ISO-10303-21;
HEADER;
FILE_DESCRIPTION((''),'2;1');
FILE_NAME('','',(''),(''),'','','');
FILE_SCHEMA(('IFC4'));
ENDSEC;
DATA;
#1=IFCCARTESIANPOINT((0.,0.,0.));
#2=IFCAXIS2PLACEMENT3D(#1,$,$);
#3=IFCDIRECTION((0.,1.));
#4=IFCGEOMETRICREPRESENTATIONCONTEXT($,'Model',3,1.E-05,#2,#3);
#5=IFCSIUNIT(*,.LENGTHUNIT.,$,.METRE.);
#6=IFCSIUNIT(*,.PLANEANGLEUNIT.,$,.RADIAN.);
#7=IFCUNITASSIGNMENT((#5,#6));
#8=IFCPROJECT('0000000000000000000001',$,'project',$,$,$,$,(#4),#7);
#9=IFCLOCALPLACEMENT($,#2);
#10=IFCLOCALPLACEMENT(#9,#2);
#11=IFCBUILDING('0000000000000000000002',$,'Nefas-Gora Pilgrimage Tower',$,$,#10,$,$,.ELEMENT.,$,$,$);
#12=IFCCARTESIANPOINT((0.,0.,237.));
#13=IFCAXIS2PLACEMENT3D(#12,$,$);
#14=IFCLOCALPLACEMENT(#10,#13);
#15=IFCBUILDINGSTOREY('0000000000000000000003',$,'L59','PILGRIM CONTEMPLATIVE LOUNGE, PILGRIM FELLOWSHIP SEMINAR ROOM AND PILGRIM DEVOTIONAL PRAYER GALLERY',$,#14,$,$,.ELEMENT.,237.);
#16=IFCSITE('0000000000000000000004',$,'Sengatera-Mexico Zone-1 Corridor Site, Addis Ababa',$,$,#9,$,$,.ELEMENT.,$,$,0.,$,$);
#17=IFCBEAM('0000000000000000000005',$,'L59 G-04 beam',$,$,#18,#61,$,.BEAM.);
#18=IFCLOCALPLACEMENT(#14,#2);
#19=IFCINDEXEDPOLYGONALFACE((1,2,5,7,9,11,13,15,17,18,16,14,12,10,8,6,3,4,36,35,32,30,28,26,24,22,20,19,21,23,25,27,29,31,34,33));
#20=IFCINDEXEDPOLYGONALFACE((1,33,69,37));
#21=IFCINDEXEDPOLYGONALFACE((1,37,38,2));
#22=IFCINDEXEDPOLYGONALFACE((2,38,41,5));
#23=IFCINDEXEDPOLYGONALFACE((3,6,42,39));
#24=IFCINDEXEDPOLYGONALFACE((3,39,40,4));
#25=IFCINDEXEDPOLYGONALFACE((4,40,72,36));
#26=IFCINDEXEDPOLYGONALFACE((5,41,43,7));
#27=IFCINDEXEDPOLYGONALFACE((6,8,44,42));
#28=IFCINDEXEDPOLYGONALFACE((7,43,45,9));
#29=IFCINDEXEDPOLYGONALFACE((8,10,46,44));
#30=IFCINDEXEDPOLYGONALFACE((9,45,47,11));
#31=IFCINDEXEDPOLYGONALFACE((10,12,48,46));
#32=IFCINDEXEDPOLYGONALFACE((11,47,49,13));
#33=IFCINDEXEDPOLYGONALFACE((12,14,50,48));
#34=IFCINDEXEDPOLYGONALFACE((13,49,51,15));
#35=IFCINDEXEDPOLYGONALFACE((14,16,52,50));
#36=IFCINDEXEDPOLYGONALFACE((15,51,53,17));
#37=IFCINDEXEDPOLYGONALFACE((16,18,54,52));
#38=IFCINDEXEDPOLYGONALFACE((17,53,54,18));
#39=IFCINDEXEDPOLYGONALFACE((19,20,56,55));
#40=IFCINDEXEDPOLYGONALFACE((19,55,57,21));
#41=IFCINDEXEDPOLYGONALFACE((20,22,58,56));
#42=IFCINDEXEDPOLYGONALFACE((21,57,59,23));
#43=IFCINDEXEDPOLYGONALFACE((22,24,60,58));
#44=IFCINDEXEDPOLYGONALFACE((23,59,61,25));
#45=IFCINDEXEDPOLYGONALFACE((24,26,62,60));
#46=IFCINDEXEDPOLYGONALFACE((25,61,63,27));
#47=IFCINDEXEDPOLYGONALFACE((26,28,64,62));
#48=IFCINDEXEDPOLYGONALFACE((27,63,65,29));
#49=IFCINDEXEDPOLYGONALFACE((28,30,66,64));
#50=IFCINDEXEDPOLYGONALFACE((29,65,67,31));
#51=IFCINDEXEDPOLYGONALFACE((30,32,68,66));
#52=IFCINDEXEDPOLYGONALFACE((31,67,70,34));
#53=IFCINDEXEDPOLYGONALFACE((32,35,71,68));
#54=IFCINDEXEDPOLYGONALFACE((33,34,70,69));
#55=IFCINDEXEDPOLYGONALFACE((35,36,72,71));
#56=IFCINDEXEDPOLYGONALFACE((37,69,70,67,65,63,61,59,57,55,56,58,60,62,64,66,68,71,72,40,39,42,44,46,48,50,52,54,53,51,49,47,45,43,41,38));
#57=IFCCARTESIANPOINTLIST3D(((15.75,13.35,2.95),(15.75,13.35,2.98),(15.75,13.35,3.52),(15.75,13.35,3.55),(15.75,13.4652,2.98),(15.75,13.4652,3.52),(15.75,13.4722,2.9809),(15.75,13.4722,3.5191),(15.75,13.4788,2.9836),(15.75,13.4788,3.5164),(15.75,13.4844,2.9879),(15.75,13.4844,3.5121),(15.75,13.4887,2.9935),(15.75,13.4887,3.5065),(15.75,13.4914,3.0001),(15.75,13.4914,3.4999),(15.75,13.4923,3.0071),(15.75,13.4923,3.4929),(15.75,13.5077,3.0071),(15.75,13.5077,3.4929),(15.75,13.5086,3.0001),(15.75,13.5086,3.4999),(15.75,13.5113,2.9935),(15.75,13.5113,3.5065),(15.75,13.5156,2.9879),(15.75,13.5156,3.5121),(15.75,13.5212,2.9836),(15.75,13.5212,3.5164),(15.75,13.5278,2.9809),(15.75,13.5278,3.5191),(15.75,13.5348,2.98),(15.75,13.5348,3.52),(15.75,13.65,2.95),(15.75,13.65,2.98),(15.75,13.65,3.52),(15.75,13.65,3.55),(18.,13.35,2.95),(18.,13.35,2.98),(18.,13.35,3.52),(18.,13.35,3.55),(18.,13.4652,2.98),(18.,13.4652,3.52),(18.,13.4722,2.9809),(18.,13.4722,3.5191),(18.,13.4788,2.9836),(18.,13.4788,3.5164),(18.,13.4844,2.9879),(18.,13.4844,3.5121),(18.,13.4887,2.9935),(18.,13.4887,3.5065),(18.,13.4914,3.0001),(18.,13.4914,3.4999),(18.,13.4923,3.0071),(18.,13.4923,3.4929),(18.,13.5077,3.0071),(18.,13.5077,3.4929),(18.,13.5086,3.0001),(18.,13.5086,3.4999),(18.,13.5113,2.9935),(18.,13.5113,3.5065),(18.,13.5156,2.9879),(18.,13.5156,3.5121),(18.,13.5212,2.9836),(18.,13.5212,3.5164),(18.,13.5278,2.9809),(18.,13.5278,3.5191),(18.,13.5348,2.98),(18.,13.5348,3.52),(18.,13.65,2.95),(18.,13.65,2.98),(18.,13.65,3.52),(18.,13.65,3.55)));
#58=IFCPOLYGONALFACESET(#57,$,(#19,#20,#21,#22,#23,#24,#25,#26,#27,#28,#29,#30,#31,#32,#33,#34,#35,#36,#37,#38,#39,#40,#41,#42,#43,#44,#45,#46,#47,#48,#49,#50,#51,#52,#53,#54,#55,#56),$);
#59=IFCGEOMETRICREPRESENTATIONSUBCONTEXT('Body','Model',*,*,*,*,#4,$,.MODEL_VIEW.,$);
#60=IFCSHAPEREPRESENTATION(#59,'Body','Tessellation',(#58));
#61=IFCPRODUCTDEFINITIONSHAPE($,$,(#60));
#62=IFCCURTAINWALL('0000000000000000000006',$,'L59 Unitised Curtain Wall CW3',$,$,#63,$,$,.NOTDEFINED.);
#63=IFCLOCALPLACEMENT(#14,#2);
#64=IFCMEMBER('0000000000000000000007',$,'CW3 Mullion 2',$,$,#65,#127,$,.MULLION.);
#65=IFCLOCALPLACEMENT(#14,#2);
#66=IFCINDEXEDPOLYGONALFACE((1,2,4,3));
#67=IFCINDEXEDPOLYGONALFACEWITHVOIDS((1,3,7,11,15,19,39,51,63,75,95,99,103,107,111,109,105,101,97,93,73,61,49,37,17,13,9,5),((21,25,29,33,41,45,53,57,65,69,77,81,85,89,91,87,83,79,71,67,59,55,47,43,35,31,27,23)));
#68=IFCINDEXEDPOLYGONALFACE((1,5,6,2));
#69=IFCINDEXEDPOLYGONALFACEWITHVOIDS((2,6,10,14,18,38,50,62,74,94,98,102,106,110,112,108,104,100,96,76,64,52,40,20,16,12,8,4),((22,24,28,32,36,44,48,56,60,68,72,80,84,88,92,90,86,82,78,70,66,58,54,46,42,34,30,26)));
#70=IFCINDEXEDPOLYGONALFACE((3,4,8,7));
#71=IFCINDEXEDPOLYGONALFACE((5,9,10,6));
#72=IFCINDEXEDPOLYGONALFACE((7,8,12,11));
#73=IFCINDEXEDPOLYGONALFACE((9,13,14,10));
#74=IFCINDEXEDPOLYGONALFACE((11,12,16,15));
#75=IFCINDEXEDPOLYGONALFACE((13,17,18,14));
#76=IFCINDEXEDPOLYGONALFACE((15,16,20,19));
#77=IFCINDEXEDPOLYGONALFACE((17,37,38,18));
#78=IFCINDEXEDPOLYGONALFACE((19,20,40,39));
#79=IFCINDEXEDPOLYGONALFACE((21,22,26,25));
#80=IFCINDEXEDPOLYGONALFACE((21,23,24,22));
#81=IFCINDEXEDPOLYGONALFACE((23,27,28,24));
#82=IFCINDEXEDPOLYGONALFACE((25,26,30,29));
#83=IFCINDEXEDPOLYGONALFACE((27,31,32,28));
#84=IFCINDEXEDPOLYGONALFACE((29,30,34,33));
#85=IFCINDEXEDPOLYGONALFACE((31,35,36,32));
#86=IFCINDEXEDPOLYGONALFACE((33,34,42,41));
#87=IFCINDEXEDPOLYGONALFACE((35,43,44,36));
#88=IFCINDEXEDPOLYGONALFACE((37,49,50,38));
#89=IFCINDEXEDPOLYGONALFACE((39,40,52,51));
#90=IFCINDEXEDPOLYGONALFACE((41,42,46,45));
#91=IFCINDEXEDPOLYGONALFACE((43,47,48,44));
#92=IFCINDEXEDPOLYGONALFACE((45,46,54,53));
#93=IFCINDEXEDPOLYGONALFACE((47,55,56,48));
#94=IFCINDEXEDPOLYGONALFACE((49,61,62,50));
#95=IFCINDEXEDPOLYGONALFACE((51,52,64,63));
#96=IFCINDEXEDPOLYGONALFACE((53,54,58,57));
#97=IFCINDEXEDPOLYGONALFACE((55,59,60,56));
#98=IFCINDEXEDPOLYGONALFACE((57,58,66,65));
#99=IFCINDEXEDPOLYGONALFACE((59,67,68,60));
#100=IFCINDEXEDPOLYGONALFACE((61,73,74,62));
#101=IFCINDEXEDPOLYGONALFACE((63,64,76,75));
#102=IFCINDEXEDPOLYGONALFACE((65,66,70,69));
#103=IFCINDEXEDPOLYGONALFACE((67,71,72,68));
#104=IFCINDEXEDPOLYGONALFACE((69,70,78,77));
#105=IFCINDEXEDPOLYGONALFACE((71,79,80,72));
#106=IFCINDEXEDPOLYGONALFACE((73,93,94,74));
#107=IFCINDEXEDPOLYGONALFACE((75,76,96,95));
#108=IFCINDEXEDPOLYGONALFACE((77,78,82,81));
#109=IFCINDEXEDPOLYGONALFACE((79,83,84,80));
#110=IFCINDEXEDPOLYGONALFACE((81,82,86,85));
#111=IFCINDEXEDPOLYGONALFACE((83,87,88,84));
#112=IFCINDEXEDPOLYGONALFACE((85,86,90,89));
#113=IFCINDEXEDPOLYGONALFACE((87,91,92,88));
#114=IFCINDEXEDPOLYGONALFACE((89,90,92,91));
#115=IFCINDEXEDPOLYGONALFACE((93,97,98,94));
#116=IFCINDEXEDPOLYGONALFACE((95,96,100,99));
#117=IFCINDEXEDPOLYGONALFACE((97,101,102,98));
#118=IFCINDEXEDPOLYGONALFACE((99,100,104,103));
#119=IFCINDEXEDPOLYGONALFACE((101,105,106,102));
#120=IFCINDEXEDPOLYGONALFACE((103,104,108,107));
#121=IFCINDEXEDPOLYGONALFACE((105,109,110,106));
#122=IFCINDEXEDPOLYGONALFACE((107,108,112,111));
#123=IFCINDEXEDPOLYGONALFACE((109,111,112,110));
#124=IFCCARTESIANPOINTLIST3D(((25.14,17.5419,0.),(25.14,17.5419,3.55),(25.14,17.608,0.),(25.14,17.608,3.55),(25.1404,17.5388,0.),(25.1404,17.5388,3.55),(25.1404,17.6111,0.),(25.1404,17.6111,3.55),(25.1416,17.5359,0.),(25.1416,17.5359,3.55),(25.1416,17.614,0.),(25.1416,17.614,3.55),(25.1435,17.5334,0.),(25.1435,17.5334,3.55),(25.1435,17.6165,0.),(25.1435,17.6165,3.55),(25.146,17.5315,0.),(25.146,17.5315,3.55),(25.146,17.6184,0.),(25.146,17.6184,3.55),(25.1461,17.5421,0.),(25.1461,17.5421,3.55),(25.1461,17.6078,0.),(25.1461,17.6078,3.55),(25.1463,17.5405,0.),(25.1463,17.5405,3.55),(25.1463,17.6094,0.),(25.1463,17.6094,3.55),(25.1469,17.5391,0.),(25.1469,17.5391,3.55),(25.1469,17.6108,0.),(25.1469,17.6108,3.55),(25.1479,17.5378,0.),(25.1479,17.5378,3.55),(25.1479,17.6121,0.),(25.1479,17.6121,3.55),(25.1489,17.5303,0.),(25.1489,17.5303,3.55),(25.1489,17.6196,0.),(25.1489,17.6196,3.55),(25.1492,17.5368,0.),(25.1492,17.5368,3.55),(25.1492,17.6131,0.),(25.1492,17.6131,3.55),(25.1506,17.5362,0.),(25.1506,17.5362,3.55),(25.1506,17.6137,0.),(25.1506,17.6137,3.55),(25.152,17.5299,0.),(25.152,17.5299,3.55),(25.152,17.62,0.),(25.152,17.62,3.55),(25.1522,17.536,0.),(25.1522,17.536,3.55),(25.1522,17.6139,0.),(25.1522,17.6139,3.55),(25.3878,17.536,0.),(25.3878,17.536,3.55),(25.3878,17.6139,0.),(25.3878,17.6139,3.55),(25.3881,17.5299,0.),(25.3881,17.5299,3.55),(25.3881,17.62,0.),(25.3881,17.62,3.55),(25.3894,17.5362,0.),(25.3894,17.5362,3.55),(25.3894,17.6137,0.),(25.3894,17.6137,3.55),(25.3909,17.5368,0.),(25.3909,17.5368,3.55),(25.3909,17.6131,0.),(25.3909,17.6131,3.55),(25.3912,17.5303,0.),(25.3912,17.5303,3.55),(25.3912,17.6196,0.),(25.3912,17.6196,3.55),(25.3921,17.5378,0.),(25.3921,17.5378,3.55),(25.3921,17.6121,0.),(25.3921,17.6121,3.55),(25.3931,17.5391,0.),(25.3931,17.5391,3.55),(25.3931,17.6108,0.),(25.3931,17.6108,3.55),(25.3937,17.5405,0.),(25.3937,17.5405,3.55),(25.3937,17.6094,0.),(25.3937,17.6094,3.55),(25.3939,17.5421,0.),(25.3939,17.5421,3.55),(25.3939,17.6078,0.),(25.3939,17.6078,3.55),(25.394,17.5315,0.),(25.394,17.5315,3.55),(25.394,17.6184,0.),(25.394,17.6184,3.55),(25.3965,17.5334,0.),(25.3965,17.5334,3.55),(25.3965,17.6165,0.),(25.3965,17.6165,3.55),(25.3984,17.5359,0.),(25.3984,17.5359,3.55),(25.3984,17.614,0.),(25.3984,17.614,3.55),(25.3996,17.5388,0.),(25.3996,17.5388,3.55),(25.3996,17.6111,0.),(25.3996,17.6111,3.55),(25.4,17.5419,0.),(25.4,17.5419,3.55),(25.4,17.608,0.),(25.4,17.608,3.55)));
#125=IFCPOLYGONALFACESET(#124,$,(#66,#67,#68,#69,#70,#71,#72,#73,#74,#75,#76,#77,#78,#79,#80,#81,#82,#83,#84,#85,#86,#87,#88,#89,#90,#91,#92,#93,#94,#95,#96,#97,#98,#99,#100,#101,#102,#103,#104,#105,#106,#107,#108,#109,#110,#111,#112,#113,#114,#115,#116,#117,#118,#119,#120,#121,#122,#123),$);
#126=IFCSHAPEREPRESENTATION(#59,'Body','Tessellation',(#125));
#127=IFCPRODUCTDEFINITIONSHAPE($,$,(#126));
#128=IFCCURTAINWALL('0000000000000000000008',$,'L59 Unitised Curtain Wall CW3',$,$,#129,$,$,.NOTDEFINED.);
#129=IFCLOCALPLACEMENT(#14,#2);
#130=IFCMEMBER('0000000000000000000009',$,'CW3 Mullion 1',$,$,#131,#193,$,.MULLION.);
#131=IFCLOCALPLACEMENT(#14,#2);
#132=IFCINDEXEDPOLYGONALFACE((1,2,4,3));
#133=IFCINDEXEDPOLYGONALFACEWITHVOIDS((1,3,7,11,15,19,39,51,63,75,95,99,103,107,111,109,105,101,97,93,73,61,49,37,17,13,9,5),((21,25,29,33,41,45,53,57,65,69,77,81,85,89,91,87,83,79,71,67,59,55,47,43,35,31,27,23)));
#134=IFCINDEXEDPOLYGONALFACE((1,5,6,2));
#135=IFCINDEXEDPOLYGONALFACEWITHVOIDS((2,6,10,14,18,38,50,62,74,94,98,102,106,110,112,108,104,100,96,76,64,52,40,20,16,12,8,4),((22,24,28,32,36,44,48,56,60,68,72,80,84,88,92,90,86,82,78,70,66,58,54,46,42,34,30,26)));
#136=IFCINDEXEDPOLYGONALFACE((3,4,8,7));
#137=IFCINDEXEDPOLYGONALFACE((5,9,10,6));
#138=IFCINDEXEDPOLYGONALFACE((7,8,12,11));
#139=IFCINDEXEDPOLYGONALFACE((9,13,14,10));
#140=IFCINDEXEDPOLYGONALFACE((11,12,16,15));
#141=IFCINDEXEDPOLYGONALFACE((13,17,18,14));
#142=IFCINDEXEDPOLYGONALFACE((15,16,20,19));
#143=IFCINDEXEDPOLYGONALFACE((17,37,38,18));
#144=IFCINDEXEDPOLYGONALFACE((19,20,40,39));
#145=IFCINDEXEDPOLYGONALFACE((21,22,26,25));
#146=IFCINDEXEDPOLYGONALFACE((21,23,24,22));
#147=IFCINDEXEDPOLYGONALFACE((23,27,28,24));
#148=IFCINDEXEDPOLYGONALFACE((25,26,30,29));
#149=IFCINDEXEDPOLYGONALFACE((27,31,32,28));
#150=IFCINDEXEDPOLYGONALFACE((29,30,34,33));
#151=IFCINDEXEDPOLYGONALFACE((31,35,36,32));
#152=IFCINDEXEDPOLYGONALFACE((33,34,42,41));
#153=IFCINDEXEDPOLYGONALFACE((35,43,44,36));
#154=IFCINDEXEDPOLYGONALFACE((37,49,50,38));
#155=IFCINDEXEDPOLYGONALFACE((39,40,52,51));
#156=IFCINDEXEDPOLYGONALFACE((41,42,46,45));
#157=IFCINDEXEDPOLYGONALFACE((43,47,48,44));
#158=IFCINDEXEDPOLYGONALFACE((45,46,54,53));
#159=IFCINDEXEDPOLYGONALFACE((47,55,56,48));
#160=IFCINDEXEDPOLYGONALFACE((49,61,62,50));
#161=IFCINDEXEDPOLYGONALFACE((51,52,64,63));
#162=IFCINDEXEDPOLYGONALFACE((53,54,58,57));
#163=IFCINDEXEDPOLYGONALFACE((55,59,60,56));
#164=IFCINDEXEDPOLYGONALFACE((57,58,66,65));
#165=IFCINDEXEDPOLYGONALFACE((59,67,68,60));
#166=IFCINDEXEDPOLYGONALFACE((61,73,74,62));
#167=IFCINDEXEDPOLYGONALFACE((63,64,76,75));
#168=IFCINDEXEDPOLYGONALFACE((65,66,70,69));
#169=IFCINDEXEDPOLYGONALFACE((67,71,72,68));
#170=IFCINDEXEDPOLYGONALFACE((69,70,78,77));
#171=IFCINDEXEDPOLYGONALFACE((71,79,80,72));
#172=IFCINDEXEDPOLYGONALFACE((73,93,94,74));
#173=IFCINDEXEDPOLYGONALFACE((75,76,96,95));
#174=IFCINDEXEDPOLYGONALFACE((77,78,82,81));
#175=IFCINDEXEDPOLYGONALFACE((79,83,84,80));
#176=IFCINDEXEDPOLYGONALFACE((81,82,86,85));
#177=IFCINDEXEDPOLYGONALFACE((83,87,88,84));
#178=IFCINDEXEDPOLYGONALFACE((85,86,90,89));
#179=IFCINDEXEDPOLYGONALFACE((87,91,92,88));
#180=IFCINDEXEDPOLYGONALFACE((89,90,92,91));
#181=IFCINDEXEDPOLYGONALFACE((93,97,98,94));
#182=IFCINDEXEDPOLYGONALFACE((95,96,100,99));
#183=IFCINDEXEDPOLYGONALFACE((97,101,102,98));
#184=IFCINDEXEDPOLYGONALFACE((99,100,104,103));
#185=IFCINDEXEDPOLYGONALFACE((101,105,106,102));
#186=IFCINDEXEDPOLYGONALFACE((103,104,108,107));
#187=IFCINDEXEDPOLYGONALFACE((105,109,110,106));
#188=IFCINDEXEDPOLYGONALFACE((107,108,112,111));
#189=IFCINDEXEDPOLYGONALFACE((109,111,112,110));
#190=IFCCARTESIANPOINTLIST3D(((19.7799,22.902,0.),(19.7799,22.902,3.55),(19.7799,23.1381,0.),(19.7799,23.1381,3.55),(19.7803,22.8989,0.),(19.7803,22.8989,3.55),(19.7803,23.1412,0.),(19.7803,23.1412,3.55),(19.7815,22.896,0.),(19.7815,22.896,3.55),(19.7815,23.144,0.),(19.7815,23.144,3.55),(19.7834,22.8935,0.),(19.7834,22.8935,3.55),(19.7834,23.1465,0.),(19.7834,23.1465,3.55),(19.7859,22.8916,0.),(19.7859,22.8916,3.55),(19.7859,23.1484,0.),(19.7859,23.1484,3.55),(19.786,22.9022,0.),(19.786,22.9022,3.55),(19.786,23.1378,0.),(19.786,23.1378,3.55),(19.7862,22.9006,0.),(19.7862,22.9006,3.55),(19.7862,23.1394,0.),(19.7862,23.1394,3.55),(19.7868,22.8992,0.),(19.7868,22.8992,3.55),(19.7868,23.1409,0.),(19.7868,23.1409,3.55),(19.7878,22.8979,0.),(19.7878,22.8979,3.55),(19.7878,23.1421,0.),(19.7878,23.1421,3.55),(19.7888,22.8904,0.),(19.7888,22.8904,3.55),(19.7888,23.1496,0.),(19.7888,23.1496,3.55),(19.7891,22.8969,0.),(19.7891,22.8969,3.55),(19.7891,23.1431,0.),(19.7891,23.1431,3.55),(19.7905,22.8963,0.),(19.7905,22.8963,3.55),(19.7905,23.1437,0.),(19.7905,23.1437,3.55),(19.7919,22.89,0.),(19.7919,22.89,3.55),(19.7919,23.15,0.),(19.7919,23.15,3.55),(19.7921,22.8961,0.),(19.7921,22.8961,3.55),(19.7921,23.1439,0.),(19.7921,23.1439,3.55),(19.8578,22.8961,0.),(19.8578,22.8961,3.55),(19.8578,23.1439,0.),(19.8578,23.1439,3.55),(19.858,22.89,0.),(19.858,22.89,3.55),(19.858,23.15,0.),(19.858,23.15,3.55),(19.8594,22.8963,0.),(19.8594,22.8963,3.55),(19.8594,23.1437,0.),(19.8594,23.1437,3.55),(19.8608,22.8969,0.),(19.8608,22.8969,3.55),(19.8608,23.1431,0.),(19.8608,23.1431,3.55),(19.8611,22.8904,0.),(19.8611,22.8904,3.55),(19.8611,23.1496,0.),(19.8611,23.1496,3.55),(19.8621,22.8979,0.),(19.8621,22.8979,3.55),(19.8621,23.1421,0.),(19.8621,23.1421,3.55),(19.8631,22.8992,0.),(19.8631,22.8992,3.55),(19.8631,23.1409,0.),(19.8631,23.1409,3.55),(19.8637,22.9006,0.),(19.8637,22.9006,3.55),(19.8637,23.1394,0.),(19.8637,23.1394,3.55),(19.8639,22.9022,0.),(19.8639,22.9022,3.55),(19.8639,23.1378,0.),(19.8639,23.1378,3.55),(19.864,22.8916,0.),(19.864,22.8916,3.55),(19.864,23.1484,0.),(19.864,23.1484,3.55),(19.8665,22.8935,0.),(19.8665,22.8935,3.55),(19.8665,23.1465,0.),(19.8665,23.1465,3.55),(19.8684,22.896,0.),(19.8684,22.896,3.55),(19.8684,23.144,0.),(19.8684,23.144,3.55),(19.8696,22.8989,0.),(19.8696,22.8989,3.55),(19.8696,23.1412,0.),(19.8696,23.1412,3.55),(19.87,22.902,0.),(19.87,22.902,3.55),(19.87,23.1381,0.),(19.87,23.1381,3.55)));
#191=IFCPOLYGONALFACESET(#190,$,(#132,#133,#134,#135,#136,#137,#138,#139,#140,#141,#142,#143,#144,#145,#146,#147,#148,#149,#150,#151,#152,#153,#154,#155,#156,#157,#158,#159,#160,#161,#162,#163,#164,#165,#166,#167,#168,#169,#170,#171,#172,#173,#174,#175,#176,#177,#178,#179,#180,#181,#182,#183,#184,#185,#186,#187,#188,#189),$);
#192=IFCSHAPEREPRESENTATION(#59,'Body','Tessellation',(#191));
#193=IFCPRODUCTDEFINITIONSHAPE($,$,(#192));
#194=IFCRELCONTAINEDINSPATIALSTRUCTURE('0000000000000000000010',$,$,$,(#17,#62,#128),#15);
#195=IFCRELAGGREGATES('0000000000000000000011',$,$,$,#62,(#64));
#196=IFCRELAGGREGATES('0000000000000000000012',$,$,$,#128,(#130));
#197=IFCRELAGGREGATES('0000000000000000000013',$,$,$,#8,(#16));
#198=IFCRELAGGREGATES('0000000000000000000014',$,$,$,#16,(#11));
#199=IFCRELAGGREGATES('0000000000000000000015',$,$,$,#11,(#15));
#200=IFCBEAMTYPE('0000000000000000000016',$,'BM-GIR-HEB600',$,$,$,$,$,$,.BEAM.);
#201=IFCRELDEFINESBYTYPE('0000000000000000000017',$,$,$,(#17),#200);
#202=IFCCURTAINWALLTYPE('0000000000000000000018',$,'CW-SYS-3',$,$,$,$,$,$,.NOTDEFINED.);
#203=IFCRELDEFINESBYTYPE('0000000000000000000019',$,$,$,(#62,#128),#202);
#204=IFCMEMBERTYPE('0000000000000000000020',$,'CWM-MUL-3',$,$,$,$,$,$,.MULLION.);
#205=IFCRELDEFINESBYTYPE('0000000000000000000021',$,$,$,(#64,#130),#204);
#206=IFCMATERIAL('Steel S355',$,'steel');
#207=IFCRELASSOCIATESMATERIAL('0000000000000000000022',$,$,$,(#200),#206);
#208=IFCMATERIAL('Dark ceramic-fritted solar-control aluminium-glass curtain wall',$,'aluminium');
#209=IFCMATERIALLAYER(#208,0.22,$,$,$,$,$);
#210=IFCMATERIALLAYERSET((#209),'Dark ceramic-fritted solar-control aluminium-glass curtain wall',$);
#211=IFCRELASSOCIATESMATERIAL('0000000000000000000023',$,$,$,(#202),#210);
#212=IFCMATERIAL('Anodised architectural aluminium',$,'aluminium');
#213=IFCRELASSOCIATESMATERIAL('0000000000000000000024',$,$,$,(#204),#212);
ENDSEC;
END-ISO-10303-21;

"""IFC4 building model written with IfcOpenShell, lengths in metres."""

from ifc_helpers import new_model, si_unit, direction, frame, origin, origin_2d, place, context, subcontext, project, spatial, hollow_rectangle, i_section, extrude, source, transform, mapped, material, layer, layer_set, material_profile, profile_set, type_object, element, aggregate, save


model = new_model("IFC4")

# Units and contexts
model_context = context("Model", 3, precision=1e-05, world=origin(), true_north=direction((0.0, 1.0)))
body_context = subcontext(model_context, "Body", "Model", "MODEL_VIEW")
ifc_project = project(units=[si_unit("LENGTHUNIT", "METRE"), si_unit("PLANEANGLEUNIT", "RADIAN")], contexts=[model_context])

# Site, building, storey
site_placement = place(None, origin())
site = spatial("IfcSite", under=ifc_project, at=site_placement, Name="Sengatera-Mexico Zone-1 Corridor Site, Addis Ababa", CompositionType="ELEMENT", RefElevation=0.0)
building_placement = place(site_placement, origin())
building = spatial("IfcBuilding", under=site, at=building_placement, Name="Nefas-Gora Pilgrimage Tower", CompositionType="ELEMENT")
storey_placement = place(building_placement, frame((0.0, 0.0, 237.0)))
storey = spatial("IfcBuildingStorey", under=building, at=storey_placement, Name="L59", Description="PILGRIM CONTEMPLATIVE LOUNGE, PILGRIM FELLOWSHIP SEMINAR ROOM AND PILGRIM DEVOTIONAL PRAYER GALLERY", CompositionType="ELEMENT", Elevation=237.0)

# Beam
ifc_material_1 = material(Name="Steel S355", Category="steel")
ifc_material_profile_1 = material_profile(ifc_material_1, i_section(OverallWidth=0.3, OverallDepth=0.6001, WebThickness=0.0154, FlangeThickness=0.03, FilletRadius=0.0271, at=origin_2d()), Name="HEB 600")
ifc_profile_set_1 = profile_set([ifc_material_profile_1], Name="Steel S355")
beam_type_1 = type_object("IfcBeamType", Name="BM-GIR-HEB600", PredefinedType="BEAM", material=ifc_profile_set_1)
shared_shape_1 = source(origin(), body_context, "Body", "SweptSolid", [
    extrude(i_section(OverallWidth=0.3, OverallDepth=0.6001, WebThickness=0.0154, FlangeThickness=0.03, FilletRadius=0.0271, at=origin_2d()), origin(), (0.0, 0.0, 1.0), 2.25),
])
beam_1_placement = place(storey_placement, frame((15.75, 13.5, 3.25), z_axis=(1.0, 0.0, 0.0), x_axis=(0.0, 1.0, 0.0)))
element("IfcBeam", 1, at=beam_1_placement, inside=storey, type_object=beam_type_1, Name="L59 G-04 beam", PredefinedType="BEAM", context=body_context, shape_type="MappedRepresentation", body=[
    mapped(shared_shape_1, transform((0.0, 0.0, 0.0), x_axis=(1.0, 0.0, 0.0), y_axis=(0.0, 1.0, 0.0), z_axis=(0.0, 0.0, 1.0), scale=1.0)),
])

# Curtain wall, member
ifc_material_2 = material(Name="Dark ceramic-fritted solar-control aluminium-glass curtain wall", Category="aluminium")
ifc_layer_1 = layer(ifc_material_2, 0.22)
ifc_layer_set_1 = layer_set([ifc_layer_1], Name="Dark ceramic-fritted solar-control aluminium-glass curtain wall")
curtain_wall_type = type_object("IfcCurtainWallType", Name="CW-SYS-3", PredefinedType="NOTDEFINED", material=ifc_layer_set_1)
curtain_wall_1_placement = place(storey_placement, origin())
curtain_wall_1 = element("IfcCurtainWall", 2, at=curtain_wall_1_placement, inside=storey, type_object=curtain_wall_type, Name="L59 Unitised Curtain Wall CW3", PredefinedType="NOTDEFINED")
ifc_material_3 = material(Name="Anodised architectural aluminium", Category="aluminium")
ifc_material_profile_2 = material_profile(ifc_material_3, hollow_rectangle(XDim=0.0901, YDim=0.26, WallThickness=0.0061, InnerFilletRadius=0.0061, OuterFilletRadius=0.012, at=origin_2d()), Name="ALU MULLION 90x260")
ifc_profile_set_2 = profile_set([ifc_material_profile_2], Name="Anodised architectural aluminium")
member_type_1 = type_object("IfcMemberType", Name="CWM-MUL-3", PredefinedType="MULLION", material=ifc_profile_set_2)
shared_shape_2 = source(origin(), body_context, "Body", "SweptSolid", [
    extrude(hollow_rectangle(XDim=0.0901, YDim=0.26, WallThickness=0.0061, InnerFilletRadius=0.0061, OuterFilletRadius=0.012, at=origin_2d()), origin(), (0.0, 0.0, 1.0), 3.55),
])
member_1_placement = place(storey_placement, frame((25.27, 17.575, 0.0), z_axis=(0.0, 0.0, 1.0), x_axis=(0.0, 1.0, 0.0)))
member_1 = element("IfcMember", 3, at=member_1_placement, type_object=member_type_1, Name="CW3 Mullion 2", PredefinedType="MULLION", context=body_context, shape_type="MappedRepresentation", body=[
    mapped(shared_shape_2, transform((0.0, 0.0, 0.0), x_axis=(1.0, 0.0, 0.0), y_axis=(0.0, 1.0, 0.0), z_axis=(0.0, 0.0, 1.0), scale=1.0)),
])
aggregate(curtain_wall_1, [member_1])

# Curtain wall, member
curtain_wall_2_placement = place(storey_placement, origin())
curtain_wall_2 = element("IfcCurtainWall", 4, at=curtain_wall_2_placement, inside=storey, type_object=curtain_wall_type, Name="L59 Unitised Curtain Wall CW3", PredefinedType="NOTDEFINED")
member_2_placement = place(storey_placement, frame((19.825, 23.02, 0.0), z_axis=(0.0, 0.0, 1.0), x_axis=(-1.0, 0.0, 0.0)))
member_2 = element("IfcMember", 5, at=member_2_placement, type_object=member_type_1, Name="CW3 Mullion 1", PredefinedType="MULLION", context=body_context, shape_type="MappedRepresentation", body=[
    mapped(shared_shape_2, transform((0.0, 0.0, 0.0), x_axis=(1.0, 0.0, 0.0), y_axis=(0.0, 1.0, 0.0), z_axis=(0.0, 0.0, 1.0), scale=1.0)),
])
aggregate(curtain_wall_2, [member_2])

save(model, "model.ifc")
